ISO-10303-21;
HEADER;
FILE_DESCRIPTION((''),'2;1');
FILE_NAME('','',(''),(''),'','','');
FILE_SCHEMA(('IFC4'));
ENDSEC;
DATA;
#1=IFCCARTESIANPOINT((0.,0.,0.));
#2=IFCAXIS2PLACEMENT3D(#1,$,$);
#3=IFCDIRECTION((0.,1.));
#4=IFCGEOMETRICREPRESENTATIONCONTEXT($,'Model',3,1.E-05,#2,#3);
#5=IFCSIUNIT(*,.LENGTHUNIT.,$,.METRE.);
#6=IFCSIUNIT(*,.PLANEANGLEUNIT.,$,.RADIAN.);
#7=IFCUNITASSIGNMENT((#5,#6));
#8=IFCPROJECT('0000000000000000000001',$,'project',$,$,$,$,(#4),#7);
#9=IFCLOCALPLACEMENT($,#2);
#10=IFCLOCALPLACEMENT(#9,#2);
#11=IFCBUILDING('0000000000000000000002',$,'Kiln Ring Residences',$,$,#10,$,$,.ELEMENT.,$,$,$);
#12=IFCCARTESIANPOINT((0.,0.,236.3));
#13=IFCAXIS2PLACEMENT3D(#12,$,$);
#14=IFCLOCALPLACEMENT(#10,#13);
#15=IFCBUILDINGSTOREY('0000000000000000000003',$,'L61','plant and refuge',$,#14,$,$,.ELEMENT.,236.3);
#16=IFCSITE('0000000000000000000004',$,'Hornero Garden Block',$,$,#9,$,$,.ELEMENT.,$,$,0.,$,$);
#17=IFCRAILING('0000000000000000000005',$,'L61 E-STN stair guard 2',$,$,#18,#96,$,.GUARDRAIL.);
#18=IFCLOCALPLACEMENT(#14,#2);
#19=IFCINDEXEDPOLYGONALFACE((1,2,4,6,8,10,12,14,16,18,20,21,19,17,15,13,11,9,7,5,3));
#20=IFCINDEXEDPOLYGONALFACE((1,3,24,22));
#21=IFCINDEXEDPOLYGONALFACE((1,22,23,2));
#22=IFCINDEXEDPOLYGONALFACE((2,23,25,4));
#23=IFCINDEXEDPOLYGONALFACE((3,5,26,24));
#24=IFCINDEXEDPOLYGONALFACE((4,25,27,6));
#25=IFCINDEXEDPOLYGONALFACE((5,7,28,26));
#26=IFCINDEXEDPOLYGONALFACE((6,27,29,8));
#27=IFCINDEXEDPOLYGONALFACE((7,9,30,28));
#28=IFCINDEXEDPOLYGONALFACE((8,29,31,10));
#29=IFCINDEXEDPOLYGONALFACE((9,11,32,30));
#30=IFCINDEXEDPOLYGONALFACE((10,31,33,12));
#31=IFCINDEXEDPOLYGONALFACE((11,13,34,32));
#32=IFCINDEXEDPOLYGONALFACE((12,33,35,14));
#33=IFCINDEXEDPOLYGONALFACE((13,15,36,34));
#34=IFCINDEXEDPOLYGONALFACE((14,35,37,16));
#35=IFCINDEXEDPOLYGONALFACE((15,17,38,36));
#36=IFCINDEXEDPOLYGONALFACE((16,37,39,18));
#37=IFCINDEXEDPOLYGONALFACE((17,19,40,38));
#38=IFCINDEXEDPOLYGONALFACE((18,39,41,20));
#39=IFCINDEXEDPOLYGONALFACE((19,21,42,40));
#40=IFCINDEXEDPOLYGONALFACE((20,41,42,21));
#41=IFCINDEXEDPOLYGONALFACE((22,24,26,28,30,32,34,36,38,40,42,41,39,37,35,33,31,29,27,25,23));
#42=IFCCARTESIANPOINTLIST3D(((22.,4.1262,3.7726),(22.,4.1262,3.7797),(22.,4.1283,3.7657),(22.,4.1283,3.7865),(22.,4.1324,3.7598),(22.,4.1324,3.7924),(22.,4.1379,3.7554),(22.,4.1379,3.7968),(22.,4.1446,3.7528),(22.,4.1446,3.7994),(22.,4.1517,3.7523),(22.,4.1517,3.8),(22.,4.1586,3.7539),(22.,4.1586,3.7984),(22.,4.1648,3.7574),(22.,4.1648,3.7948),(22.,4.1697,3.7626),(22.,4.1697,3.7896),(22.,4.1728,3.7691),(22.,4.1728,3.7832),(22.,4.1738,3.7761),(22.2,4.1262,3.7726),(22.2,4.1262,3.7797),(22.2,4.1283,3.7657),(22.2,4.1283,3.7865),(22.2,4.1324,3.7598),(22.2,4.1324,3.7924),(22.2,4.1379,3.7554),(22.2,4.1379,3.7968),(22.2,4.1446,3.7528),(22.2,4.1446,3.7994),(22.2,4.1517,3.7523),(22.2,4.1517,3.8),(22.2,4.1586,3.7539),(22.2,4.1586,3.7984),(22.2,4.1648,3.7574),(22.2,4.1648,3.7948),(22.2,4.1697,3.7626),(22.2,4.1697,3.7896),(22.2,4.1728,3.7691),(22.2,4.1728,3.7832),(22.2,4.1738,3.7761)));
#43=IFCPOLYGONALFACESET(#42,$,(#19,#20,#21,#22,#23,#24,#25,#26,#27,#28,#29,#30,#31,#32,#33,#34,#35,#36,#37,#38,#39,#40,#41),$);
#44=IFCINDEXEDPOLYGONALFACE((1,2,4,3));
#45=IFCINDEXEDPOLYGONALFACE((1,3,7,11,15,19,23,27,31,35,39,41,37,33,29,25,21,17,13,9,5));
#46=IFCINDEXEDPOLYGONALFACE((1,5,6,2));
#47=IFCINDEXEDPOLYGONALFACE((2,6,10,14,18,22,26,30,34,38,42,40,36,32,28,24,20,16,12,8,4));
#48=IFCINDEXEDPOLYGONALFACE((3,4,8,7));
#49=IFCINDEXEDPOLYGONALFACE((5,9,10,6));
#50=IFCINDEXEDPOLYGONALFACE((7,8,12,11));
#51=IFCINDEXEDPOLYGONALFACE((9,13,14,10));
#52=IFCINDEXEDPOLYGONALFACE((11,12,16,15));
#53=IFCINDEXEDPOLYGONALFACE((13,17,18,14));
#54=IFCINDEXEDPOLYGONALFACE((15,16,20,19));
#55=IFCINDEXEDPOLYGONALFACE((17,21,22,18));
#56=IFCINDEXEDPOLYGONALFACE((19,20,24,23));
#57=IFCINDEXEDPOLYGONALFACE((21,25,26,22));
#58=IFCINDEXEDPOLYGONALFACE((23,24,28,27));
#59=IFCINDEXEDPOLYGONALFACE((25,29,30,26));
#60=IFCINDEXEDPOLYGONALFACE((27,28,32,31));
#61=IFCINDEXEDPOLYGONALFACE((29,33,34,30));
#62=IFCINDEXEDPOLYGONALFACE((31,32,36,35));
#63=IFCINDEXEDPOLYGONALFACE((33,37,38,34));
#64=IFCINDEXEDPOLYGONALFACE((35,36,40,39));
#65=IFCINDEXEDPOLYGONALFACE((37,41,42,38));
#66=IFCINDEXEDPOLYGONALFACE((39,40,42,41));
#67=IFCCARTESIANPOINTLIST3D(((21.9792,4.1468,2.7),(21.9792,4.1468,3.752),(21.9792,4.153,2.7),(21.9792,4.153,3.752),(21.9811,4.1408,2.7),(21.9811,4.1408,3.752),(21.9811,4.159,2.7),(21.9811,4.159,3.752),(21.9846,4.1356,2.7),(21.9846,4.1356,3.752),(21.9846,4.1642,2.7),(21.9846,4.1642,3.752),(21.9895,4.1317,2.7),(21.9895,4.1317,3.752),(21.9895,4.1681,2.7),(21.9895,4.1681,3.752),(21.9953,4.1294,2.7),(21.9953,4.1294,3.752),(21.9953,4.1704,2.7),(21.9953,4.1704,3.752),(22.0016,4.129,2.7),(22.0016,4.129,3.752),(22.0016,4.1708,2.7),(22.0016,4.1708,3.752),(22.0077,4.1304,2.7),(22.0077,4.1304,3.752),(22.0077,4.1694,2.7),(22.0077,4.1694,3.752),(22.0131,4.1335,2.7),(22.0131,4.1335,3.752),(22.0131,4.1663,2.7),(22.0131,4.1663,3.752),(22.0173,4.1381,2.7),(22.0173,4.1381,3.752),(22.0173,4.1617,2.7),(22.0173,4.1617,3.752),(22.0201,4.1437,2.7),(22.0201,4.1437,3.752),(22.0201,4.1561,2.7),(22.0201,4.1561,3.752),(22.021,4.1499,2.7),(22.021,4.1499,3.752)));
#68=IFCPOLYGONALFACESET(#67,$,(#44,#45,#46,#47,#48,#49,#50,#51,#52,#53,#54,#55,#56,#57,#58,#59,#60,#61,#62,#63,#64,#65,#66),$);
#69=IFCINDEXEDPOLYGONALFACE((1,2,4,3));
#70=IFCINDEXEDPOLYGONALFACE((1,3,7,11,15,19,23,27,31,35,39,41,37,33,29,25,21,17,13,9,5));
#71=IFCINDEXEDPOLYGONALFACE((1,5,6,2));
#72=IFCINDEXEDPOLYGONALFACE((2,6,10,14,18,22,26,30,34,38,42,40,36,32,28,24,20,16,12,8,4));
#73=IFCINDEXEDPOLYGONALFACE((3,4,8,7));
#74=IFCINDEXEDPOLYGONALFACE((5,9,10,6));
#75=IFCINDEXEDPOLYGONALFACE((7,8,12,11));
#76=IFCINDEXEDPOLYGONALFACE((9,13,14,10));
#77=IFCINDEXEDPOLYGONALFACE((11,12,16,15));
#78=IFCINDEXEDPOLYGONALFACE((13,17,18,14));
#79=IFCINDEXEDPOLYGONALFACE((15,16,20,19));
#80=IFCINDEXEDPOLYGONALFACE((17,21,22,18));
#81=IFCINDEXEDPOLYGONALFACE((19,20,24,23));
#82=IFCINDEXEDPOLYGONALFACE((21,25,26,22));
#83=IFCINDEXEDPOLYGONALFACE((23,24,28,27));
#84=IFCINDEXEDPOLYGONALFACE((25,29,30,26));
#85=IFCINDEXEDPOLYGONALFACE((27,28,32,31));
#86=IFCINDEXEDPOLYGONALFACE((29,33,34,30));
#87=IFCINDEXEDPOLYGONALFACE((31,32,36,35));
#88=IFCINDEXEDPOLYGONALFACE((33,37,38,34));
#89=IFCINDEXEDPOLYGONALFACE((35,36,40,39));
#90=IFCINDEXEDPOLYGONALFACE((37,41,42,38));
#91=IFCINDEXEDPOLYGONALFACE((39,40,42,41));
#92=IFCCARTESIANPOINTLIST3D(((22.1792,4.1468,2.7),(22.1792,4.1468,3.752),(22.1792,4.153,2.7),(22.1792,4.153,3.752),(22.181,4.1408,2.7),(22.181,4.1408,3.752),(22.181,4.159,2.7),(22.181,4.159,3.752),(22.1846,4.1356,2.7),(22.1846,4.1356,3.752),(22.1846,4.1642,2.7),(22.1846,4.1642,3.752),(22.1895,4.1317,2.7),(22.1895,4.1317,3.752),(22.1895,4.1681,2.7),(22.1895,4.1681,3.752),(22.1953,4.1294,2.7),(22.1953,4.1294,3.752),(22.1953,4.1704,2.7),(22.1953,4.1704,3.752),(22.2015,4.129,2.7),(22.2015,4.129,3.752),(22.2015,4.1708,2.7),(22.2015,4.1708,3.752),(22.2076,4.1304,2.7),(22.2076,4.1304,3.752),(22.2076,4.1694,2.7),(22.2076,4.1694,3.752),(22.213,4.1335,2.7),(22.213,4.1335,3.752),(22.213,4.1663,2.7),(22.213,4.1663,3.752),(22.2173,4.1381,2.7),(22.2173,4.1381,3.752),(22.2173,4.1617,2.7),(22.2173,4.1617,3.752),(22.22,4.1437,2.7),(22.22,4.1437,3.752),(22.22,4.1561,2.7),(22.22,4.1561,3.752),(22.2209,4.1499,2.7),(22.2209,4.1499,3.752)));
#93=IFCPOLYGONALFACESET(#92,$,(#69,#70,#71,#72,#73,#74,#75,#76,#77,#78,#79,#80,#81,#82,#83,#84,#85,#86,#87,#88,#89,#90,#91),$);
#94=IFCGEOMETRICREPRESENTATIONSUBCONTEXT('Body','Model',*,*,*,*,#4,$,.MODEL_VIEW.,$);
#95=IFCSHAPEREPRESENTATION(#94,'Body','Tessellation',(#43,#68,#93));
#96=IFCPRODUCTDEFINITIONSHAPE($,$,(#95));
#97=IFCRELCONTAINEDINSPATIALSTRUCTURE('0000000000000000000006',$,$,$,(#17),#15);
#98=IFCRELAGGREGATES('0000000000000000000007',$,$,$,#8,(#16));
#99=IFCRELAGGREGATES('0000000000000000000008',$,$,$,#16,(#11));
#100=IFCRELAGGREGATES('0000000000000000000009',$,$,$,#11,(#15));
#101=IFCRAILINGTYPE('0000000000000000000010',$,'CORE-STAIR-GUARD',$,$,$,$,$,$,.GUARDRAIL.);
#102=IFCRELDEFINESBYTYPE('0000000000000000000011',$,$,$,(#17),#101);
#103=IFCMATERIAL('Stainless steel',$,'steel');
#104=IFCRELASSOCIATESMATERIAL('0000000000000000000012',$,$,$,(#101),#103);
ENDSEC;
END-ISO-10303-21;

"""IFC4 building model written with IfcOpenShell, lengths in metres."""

from ifc_helpers import new_model, si_unit, direction, frame, origin, origin_2d, place, context, subcontext, project, spatial, circle, extrude, material, type_object, element, save


model = new_model("IFC4")

# Units and contexts
model_context = context("Model", 3, precision=1e-05, world=origin(), true_north=direction((0.0, 1.0)))
body_context = subcontext(model_context, "Body", "Model", "MODEL_VIEW")
ifc_project = project(units=[si_unit("LENGTHUNIT", "METRE"), si_unit("PLANEANGLEUNIT", "RADIAN")], contexts=[model_context])

# Site, building, storey
site_placement = place(None, origin())
site = spatial("IfcSite", under=ifc_project, at=site_placement, Name="Hornero Garden Block", CompositionType="ELEMENT", RefElevation=0.0)
building_placement = place(site_placement, origin())
building = spatial("IfcBuilding", under=site, at=building_placement, Name="Kiln Ring Residences", CompositionType="ELEMENT")
storey_placement = place(building_placement, frame((0.0, 0.0, 236.3)))
storey = spatial("IfcBuildingStorey", under=building, at=storey_placement, Name="L61", Description="plant and refuge", CompositionType="ELEMENT", Elevation=236.3)

# Railing
ifc_material_1 = material(Name="Stainless steel", Category="steel")
railing_type_1 = type_object("IfcRailingType", Name="CORE-STAIR-GUARD", PredefinedType="GUARDRAIL", material=ifc_material_1)
railing_1_placement = place(storey_placement, frame((22.0, 4.1499, 2.7)))
element("IfcRailing", 1, at=railing_1_placement, inside=storey, type_object=railing_type_1, Name="L61 E-STN stair guard 2", PredefinedType="GUARDRAIL", context=body_context, shape_type="SweptSolid", body=[
    extrude(circle(Radius=0.0239, at=origin_2d()), frame((0.0, 0.0, 1.0762), z_axis=(1.0, 0.0, 0.0), x_axis=(0.0, 1.0, 0.0)), (0.0, 0.0, 1.0), 0.2),
    extrude(circle(Radius=0.021, at=origin_2d()), origin(), (0.0, 0.0, 1.0), 1.052),
    extrude(circle(Radius=0.021, at=origin_2d()), frame((0.2, 0.0, 0.0)), (0.0, 0.0, 1.0), 1.052),
])

save(model, "model.ifc")
